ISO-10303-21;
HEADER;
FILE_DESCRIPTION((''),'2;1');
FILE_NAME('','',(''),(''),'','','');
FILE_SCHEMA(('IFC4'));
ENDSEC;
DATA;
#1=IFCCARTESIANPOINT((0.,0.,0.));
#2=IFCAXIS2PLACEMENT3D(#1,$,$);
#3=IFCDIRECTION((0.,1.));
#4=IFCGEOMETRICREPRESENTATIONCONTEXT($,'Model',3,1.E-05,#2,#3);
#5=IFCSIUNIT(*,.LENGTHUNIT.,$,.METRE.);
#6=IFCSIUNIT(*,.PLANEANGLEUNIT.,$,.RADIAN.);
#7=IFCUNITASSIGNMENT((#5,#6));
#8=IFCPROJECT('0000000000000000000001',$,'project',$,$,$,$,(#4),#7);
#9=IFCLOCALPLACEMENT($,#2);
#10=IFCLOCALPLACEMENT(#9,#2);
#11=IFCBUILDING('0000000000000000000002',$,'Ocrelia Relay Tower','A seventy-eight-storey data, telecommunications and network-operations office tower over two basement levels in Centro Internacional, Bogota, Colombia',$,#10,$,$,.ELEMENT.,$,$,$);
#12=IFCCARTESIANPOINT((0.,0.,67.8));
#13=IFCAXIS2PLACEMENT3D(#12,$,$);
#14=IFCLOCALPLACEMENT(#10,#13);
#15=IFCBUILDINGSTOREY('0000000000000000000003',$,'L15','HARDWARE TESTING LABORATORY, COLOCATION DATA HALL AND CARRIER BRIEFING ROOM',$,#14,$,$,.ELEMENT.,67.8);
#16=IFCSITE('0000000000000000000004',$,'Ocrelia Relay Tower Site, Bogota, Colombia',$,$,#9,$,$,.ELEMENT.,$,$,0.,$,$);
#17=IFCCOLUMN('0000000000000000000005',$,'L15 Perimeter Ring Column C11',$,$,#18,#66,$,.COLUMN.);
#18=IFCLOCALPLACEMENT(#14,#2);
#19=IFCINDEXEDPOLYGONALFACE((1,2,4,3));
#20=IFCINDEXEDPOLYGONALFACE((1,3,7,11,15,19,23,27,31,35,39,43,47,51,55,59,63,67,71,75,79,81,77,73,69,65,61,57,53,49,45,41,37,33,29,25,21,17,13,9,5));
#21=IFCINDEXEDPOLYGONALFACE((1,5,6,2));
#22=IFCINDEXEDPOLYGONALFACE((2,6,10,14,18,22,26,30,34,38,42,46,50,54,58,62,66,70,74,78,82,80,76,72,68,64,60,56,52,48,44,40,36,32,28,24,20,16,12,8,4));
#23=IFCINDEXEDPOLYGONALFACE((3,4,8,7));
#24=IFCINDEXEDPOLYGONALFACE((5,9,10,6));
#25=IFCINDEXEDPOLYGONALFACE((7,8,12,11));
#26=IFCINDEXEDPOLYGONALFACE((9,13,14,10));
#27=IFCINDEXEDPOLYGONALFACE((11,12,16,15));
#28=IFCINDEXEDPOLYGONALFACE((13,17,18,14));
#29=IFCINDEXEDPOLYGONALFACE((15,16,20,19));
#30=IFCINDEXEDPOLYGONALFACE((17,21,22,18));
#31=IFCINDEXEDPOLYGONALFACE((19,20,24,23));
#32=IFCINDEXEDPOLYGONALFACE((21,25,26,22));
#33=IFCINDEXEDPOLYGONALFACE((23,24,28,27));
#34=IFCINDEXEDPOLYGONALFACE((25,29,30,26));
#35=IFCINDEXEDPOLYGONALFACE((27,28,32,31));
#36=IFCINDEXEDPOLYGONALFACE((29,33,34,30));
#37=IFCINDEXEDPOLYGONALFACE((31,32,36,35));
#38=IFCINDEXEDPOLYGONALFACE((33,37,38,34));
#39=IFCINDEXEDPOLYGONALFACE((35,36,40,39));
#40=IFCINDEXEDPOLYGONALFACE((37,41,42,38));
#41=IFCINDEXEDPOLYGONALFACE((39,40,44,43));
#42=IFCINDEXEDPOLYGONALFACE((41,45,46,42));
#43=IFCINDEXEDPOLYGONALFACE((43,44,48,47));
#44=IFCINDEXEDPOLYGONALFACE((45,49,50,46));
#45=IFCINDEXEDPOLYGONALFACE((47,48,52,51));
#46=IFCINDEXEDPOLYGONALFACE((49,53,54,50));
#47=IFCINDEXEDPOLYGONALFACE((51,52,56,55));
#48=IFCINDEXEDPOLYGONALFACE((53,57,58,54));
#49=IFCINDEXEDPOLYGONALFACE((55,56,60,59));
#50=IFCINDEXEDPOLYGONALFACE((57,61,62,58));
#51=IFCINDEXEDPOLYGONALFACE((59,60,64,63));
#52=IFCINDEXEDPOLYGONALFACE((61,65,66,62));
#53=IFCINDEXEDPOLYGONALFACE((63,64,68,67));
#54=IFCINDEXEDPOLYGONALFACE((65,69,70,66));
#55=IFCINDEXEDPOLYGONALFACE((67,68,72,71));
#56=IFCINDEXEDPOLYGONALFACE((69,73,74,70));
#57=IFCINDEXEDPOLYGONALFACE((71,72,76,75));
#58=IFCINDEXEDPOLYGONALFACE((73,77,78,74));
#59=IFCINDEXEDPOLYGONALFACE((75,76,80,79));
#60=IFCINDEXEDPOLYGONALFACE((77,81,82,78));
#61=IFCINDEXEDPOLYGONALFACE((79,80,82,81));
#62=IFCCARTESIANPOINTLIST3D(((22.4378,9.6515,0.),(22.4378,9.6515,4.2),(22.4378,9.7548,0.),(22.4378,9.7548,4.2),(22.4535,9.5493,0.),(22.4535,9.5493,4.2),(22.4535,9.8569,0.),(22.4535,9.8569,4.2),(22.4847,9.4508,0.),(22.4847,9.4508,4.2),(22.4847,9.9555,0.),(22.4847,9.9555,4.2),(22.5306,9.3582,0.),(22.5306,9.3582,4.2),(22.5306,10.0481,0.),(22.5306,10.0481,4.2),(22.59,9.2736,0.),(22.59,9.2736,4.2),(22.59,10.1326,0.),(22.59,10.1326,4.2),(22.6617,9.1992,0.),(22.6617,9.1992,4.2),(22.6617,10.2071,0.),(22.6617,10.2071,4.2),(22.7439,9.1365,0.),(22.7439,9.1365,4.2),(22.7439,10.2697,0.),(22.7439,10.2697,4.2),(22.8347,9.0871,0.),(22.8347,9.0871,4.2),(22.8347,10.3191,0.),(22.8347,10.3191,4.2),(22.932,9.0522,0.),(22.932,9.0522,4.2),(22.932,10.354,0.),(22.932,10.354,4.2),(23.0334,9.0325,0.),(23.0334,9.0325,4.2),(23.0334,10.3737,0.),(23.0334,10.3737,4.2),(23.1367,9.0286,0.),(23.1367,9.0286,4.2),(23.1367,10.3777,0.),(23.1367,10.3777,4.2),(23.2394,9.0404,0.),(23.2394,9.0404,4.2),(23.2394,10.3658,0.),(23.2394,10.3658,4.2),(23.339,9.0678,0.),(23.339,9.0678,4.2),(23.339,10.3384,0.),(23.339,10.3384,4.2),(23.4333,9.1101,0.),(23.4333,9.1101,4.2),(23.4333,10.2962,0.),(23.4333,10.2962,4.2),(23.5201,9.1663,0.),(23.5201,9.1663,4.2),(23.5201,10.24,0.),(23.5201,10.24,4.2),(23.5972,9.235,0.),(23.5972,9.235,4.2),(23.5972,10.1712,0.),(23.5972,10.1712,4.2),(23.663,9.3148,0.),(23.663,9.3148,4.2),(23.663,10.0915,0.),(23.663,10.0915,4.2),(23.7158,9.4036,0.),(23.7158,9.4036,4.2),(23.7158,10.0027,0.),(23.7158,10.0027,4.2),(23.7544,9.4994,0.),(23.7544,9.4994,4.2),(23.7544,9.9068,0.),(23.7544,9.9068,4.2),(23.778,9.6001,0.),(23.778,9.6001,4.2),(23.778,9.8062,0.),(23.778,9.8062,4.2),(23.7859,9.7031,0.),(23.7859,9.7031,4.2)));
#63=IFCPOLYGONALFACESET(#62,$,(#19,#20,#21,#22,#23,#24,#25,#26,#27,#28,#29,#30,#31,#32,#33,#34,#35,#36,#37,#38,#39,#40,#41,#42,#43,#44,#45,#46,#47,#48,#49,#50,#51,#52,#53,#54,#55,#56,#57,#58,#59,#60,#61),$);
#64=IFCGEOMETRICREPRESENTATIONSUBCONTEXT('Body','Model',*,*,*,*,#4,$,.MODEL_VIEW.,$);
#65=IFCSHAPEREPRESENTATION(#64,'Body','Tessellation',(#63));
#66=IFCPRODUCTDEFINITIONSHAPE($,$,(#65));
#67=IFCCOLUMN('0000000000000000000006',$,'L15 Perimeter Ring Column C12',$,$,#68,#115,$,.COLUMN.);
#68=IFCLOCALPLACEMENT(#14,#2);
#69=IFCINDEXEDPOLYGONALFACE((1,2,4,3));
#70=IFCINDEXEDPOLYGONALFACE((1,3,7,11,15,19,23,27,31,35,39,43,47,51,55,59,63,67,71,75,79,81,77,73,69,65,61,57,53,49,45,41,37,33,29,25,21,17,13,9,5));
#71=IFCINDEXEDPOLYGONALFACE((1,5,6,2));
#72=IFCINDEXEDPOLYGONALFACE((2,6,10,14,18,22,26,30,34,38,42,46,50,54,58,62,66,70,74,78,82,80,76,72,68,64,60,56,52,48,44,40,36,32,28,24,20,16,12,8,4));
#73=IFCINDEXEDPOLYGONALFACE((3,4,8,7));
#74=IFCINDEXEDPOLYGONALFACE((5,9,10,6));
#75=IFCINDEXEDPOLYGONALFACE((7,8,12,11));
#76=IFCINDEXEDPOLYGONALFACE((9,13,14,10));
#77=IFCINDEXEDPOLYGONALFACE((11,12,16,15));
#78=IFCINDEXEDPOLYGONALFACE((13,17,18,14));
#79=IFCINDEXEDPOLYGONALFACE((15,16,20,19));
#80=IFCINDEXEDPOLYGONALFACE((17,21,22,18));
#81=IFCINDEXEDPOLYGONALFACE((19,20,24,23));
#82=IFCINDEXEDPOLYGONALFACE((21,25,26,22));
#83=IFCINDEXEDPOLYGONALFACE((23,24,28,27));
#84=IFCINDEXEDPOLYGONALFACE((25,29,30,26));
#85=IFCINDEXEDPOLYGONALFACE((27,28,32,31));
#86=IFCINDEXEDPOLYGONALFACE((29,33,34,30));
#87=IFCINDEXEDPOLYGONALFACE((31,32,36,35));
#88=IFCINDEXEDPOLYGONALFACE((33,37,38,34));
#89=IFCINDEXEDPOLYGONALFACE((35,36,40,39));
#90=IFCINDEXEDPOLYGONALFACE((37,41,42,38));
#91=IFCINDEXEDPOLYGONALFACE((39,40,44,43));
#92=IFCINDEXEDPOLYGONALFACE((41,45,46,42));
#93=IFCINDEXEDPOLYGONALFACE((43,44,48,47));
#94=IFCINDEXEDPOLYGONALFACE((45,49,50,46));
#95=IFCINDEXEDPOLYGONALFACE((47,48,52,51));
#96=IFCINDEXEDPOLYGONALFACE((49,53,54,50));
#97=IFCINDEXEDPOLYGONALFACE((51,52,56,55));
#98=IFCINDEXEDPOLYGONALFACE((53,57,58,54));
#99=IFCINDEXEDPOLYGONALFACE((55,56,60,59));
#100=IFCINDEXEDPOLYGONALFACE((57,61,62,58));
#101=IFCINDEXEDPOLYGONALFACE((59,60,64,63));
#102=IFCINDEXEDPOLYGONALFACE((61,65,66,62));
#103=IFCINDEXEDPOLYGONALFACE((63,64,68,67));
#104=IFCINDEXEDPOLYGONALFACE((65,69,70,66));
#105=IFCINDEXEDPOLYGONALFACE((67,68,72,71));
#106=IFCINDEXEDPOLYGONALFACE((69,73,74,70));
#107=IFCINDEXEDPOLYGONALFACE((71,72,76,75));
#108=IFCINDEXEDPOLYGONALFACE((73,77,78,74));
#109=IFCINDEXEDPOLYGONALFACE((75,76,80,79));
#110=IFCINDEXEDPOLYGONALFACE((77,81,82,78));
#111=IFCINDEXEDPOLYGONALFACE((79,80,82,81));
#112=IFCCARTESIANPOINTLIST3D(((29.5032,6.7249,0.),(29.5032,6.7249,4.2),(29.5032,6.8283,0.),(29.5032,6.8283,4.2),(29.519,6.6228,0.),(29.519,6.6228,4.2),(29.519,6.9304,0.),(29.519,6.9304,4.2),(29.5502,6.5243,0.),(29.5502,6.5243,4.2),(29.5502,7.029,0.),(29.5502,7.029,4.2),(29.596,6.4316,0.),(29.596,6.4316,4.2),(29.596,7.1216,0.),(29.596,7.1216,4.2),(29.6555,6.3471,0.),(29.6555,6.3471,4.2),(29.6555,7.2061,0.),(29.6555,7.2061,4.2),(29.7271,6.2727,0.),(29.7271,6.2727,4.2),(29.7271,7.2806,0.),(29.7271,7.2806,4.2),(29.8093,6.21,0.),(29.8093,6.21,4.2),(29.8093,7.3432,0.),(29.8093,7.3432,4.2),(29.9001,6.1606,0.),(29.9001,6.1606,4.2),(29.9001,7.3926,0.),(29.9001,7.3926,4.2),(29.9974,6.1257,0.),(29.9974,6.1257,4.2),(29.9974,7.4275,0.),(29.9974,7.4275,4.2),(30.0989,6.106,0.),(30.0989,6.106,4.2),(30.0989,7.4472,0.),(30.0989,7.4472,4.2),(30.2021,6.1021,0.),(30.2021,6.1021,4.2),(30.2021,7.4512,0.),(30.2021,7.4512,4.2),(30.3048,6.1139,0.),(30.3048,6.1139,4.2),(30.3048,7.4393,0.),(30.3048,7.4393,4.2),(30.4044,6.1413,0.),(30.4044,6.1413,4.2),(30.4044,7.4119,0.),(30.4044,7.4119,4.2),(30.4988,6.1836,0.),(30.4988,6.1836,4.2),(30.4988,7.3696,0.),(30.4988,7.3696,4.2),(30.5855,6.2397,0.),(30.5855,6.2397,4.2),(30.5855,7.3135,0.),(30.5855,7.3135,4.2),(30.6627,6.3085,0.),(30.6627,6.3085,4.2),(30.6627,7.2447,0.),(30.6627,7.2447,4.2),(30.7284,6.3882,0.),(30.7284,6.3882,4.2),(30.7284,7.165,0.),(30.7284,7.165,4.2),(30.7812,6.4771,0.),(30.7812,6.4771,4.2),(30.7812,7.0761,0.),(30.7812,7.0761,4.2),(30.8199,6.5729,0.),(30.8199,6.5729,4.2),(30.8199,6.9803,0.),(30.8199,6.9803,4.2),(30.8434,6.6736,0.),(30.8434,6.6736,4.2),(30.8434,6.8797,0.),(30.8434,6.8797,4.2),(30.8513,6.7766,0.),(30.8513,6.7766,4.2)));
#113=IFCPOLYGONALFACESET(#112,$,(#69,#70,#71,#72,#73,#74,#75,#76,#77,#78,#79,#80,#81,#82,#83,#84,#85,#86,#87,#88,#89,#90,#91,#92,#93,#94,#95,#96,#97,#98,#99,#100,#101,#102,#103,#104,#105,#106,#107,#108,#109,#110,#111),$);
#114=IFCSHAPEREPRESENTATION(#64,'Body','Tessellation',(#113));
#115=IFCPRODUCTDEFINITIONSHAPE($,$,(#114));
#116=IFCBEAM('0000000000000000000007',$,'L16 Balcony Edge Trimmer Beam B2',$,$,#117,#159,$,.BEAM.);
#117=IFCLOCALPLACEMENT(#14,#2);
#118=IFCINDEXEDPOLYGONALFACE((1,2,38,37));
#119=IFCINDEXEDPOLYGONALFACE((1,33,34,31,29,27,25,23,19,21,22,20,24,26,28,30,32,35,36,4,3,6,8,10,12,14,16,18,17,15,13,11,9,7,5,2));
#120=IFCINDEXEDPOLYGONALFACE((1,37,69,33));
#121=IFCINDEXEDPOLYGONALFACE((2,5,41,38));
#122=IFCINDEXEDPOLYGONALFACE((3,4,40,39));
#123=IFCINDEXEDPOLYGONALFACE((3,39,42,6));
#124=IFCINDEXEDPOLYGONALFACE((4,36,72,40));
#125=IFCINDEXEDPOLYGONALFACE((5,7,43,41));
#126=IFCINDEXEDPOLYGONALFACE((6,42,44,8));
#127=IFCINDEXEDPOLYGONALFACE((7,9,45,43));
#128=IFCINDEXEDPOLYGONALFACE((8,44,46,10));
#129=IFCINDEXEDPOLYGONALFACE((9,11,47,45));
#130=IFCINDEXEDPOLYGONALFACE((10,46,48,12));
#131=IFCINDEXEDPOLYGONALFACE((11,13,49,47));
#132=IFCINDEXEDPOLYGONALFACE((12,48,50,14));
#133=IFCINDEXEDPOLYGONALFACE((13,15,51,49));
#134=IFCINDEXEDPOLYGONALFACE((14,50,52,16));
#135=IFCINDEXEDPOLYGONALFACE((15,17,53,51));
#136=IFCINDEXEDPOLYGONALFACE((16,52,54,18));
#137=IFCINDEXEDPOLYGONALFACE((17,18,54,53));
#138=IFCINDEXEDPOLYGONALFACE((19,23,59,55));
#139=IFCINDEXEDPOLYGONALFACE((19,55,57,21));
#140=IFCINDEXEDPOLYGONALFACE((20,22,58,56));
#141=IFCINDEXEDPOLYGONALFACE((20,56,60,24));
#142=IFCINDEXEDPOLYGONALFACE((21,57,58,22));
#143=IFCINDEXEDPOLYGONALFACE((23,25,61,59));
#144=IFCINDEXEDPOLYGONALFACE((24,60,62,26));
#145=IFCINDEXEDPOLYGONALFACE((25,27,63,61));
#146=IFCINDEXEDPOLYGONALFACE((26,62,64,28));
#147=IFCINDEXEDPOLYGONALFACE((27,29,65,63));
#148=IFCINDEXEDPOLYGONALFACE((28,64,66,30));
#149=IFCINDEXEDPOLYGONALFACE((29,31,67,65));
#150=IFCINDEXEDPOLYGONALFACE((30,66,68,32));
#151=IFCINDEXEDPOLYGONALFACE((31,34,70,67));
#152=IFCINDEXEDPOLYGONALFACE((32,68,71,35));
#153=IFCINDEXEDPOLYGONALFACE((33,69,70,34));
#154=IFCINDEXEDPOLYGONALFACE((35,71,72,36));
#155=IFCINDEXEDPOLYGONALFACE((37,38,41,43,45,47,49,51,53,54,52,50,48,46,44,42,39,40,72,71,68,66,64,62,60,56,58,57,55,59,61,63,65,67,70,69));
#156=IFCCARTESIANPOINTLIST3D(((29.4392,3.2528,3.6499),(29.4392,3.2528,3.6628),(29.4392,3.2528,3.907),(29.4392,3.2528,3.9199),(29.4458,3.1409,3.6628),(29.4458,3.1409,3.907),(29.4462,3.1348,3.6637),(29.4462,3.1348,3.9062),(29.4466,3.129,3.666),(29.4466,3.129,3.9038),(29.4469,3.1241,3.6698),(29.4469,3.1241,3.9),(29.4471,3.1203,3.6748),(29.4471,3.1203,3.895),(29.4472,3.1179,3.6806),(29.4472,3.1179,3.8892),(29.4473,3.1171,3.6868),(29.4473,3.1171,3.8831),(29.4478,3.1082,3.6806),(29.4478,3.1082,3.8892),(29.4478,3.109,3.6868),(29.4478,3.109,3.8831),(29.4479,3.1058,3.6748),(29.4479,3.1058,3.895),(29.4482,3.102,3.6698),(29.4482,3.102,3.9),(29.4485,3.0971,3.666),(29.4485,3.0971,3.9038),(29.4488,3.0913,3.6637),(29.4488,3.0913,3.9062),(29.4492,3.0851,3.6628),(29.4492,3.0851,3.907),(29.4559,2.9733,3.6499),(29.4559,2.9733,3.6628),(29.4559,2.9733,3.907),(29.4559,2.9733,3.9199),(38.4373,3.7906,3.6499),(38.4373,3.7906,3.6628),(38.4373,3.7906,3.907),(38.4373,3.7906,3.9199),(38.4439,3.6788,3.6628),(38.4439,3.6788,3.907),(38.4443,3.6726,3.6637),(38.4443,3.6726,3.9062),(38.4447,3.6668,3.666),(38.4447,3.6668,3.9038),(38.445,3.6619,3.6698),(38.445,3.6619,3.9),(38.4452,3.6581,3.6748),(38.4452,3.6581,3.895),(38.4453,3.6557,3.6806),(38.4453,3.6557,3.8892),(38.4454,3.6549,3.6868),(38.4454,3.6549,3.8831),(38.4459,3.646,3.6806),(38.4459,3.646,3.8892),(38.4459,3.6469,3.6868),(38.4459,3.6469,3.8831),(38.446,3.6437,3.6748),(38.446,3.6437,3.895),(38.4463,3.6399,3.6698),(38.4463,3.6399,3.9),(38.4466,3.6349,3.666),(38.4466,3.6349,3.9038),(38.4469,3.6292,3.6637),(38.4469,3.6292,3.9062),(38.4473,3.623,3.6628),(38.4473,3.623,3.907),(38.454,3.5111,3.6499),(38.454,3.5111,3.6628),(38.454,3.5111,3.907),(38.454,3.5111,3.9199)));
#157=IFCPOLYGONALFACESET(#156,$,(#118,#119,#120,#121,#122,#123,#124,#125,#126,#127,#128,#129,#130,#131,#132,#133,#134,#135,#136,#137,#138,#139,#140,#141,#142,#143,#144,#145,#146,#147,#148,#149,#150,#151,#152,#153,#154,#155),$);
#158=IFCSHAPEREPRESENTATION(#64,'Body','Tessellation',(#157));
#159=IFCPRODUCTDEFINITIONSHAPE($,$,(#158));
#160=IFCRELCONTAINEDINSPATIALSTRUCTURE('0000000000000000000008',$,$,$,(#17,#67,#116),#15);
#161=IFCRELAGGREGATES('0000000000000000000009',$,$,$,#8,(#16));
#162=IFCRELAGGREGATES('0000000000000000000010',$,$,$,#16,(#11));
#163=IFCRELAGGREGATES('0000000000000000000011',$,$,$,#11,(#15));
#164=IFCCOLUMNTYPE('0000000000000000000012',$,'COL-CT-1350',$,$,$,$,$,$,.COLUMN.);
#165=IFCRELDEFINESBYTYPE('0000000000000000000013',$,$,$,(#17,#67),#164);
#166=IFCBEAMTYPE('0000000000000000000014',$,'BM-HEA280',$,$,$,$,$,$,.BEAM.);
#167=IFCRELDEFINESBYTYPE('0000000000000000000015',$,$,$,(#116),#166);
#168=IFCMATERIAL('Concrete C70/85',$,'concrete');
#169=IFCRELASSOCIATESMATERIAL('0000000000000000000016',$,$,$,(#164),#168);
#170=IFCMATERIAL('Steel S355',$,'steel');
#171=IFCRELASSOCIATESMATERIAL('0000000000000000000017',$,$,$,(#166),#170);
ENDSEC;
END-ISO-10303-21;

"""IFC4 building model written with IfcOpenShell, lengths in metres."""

from ifc_helpers import new_model, si_unit, direction, frame, origin, origin_2d, place, context, subcontext, project, spatial, circle, i_section, extrude, material, material_profile, profile_set, type_object, element, save


model = new_model("IFC4")

# Units and contexts
model_context = context("Model", 3, precision=1e-05, world=origin(), true_north=direction((0.0, 1.0)))
body_context = subcontext(model_context, "Body", "Model", "MODEL_VIEW")
ifc_project = project(units=[si_unit("LENGTHUNIT", "METRE"), si_unit("PLANEANGLEUNIT", "RADIAN")], contexts=[model_context])

# Site, building, storey
site_placement = place(None, origin())
site = spatial("IfcSite", under=ifc_project, at=site_placement, Name="Ocrelia Relay Tower Site, Bogota, Colombia", CompositionType="ELEMENT", RefElevation=0.0)
building_placement = place(site_placement, origin())
building = spatial("IfcBuilding", under=site, at=building_placement, Name="Ocrelia Relay Tower", Description="A seventy-eight-storey data, telecommunications and network-operations office tower over two basement levels in Centro Internacional, Bogota, Colombia", CompositionType="ELEMENT")
storey_placement = place(building_placement, frame((0.0, 0.0, 67.8)))
storey = spatial("IfcBuildingStorey", under=building, at=storey_placement, Name="L15", Description="HARDWARE TESTING LABORATORY, COLOCATION DATA HALL AND CARRIER BRIEFING ROOM", CompositionType="ELEMENT", Elevation=67.8)

# Columns
ifc_material_1 = material(Name="Concrete C70/85", Category="concrete")
ifc_material_profile_1 = material_profile(ifc_material_1, circle(Radius=0.675, at=origin_2d()), Name="RC-CIR-1350")
ifc_profile_set_1 = profile_set([ifc_material_profile_1], Name="Concrete C70/85")
column_type = type_object("IfcColumnType", Name="COL-CT-1350", PredefinedType="COLUMN", material=ifc_profile_set_1)
for number, where, z_axis, x_axis, name in (
    (1, (23.1108, 9.7031, 0.0), (0.0, 0.0, 1.0), (1.0, 0.0, 0.0), "L15 Perimeter Ring Column C11"),
    (2, (30.1763, 6.7766, 0.0), (0.0, 0.0, 1.0), (1.0, 0.0, 0.0), "L15 Perimeter Ring Column C12"),
):
    element("IfcColumn", number, at=place(storey_placement, frame(where, z_axis=z_axis, x_axis=x_axis)), inside=storey, type_object=column_type, Name=name, PredefinedType="COLUMN", context=body_context, shape_type="SweptSolid", body=[
        extrude(circle(Radius=0.675, at=origin_2d()), origin(), (0.0, 0.0, 1.0), 4.2),
    ])

# Beam
ifc_material_2 = material(Name="Steel S355", Category="steel")
ifc_material_profile_2 = material_profile(ifc_material_2, i_section(OverallWidth=0.28, OverallDepth=0.27, WebThickness=0.0081, FlangeThickness=0.0129, FilletRadius=0.0239, at=origin_2d()), Name="HEA 280")
ifc_profile_set_2 = profile_set([ifc_material_profile_2], Name="Steel S355")
beam_type_1 = type_object("IfcBeamType", Name="BM-HEA280", PredefinedType="BEAM", material=ifc_profile_set_2)
beam_1_placement = place(storey_placement, frame((29.4475, 3.113, 3.7849), z_axis=(0.998218, 0.059667, 0.0), x_axis=(-0.059667, 0.998218, 0.0)))
element("IfcBeam", 3, at=beam_1_placement, inside=storey, type_object=beam_type_1, Name="L16 Balcony Edge Trimmer Beam B2", PredefinedType="BEAM", context=body_context, shape_type="SweptSolid", body=[
    extrude(i_section(OverallWidth=0.28, OverallDepth=0.27, WebThickness=0.0081, FlangeThickness=0.0129, FilletRadius=0.0239, at=origin_2d()), origin(), (0.0, 0.0, 1.0), 9.0142),
])

save(model, "model.ifc")
